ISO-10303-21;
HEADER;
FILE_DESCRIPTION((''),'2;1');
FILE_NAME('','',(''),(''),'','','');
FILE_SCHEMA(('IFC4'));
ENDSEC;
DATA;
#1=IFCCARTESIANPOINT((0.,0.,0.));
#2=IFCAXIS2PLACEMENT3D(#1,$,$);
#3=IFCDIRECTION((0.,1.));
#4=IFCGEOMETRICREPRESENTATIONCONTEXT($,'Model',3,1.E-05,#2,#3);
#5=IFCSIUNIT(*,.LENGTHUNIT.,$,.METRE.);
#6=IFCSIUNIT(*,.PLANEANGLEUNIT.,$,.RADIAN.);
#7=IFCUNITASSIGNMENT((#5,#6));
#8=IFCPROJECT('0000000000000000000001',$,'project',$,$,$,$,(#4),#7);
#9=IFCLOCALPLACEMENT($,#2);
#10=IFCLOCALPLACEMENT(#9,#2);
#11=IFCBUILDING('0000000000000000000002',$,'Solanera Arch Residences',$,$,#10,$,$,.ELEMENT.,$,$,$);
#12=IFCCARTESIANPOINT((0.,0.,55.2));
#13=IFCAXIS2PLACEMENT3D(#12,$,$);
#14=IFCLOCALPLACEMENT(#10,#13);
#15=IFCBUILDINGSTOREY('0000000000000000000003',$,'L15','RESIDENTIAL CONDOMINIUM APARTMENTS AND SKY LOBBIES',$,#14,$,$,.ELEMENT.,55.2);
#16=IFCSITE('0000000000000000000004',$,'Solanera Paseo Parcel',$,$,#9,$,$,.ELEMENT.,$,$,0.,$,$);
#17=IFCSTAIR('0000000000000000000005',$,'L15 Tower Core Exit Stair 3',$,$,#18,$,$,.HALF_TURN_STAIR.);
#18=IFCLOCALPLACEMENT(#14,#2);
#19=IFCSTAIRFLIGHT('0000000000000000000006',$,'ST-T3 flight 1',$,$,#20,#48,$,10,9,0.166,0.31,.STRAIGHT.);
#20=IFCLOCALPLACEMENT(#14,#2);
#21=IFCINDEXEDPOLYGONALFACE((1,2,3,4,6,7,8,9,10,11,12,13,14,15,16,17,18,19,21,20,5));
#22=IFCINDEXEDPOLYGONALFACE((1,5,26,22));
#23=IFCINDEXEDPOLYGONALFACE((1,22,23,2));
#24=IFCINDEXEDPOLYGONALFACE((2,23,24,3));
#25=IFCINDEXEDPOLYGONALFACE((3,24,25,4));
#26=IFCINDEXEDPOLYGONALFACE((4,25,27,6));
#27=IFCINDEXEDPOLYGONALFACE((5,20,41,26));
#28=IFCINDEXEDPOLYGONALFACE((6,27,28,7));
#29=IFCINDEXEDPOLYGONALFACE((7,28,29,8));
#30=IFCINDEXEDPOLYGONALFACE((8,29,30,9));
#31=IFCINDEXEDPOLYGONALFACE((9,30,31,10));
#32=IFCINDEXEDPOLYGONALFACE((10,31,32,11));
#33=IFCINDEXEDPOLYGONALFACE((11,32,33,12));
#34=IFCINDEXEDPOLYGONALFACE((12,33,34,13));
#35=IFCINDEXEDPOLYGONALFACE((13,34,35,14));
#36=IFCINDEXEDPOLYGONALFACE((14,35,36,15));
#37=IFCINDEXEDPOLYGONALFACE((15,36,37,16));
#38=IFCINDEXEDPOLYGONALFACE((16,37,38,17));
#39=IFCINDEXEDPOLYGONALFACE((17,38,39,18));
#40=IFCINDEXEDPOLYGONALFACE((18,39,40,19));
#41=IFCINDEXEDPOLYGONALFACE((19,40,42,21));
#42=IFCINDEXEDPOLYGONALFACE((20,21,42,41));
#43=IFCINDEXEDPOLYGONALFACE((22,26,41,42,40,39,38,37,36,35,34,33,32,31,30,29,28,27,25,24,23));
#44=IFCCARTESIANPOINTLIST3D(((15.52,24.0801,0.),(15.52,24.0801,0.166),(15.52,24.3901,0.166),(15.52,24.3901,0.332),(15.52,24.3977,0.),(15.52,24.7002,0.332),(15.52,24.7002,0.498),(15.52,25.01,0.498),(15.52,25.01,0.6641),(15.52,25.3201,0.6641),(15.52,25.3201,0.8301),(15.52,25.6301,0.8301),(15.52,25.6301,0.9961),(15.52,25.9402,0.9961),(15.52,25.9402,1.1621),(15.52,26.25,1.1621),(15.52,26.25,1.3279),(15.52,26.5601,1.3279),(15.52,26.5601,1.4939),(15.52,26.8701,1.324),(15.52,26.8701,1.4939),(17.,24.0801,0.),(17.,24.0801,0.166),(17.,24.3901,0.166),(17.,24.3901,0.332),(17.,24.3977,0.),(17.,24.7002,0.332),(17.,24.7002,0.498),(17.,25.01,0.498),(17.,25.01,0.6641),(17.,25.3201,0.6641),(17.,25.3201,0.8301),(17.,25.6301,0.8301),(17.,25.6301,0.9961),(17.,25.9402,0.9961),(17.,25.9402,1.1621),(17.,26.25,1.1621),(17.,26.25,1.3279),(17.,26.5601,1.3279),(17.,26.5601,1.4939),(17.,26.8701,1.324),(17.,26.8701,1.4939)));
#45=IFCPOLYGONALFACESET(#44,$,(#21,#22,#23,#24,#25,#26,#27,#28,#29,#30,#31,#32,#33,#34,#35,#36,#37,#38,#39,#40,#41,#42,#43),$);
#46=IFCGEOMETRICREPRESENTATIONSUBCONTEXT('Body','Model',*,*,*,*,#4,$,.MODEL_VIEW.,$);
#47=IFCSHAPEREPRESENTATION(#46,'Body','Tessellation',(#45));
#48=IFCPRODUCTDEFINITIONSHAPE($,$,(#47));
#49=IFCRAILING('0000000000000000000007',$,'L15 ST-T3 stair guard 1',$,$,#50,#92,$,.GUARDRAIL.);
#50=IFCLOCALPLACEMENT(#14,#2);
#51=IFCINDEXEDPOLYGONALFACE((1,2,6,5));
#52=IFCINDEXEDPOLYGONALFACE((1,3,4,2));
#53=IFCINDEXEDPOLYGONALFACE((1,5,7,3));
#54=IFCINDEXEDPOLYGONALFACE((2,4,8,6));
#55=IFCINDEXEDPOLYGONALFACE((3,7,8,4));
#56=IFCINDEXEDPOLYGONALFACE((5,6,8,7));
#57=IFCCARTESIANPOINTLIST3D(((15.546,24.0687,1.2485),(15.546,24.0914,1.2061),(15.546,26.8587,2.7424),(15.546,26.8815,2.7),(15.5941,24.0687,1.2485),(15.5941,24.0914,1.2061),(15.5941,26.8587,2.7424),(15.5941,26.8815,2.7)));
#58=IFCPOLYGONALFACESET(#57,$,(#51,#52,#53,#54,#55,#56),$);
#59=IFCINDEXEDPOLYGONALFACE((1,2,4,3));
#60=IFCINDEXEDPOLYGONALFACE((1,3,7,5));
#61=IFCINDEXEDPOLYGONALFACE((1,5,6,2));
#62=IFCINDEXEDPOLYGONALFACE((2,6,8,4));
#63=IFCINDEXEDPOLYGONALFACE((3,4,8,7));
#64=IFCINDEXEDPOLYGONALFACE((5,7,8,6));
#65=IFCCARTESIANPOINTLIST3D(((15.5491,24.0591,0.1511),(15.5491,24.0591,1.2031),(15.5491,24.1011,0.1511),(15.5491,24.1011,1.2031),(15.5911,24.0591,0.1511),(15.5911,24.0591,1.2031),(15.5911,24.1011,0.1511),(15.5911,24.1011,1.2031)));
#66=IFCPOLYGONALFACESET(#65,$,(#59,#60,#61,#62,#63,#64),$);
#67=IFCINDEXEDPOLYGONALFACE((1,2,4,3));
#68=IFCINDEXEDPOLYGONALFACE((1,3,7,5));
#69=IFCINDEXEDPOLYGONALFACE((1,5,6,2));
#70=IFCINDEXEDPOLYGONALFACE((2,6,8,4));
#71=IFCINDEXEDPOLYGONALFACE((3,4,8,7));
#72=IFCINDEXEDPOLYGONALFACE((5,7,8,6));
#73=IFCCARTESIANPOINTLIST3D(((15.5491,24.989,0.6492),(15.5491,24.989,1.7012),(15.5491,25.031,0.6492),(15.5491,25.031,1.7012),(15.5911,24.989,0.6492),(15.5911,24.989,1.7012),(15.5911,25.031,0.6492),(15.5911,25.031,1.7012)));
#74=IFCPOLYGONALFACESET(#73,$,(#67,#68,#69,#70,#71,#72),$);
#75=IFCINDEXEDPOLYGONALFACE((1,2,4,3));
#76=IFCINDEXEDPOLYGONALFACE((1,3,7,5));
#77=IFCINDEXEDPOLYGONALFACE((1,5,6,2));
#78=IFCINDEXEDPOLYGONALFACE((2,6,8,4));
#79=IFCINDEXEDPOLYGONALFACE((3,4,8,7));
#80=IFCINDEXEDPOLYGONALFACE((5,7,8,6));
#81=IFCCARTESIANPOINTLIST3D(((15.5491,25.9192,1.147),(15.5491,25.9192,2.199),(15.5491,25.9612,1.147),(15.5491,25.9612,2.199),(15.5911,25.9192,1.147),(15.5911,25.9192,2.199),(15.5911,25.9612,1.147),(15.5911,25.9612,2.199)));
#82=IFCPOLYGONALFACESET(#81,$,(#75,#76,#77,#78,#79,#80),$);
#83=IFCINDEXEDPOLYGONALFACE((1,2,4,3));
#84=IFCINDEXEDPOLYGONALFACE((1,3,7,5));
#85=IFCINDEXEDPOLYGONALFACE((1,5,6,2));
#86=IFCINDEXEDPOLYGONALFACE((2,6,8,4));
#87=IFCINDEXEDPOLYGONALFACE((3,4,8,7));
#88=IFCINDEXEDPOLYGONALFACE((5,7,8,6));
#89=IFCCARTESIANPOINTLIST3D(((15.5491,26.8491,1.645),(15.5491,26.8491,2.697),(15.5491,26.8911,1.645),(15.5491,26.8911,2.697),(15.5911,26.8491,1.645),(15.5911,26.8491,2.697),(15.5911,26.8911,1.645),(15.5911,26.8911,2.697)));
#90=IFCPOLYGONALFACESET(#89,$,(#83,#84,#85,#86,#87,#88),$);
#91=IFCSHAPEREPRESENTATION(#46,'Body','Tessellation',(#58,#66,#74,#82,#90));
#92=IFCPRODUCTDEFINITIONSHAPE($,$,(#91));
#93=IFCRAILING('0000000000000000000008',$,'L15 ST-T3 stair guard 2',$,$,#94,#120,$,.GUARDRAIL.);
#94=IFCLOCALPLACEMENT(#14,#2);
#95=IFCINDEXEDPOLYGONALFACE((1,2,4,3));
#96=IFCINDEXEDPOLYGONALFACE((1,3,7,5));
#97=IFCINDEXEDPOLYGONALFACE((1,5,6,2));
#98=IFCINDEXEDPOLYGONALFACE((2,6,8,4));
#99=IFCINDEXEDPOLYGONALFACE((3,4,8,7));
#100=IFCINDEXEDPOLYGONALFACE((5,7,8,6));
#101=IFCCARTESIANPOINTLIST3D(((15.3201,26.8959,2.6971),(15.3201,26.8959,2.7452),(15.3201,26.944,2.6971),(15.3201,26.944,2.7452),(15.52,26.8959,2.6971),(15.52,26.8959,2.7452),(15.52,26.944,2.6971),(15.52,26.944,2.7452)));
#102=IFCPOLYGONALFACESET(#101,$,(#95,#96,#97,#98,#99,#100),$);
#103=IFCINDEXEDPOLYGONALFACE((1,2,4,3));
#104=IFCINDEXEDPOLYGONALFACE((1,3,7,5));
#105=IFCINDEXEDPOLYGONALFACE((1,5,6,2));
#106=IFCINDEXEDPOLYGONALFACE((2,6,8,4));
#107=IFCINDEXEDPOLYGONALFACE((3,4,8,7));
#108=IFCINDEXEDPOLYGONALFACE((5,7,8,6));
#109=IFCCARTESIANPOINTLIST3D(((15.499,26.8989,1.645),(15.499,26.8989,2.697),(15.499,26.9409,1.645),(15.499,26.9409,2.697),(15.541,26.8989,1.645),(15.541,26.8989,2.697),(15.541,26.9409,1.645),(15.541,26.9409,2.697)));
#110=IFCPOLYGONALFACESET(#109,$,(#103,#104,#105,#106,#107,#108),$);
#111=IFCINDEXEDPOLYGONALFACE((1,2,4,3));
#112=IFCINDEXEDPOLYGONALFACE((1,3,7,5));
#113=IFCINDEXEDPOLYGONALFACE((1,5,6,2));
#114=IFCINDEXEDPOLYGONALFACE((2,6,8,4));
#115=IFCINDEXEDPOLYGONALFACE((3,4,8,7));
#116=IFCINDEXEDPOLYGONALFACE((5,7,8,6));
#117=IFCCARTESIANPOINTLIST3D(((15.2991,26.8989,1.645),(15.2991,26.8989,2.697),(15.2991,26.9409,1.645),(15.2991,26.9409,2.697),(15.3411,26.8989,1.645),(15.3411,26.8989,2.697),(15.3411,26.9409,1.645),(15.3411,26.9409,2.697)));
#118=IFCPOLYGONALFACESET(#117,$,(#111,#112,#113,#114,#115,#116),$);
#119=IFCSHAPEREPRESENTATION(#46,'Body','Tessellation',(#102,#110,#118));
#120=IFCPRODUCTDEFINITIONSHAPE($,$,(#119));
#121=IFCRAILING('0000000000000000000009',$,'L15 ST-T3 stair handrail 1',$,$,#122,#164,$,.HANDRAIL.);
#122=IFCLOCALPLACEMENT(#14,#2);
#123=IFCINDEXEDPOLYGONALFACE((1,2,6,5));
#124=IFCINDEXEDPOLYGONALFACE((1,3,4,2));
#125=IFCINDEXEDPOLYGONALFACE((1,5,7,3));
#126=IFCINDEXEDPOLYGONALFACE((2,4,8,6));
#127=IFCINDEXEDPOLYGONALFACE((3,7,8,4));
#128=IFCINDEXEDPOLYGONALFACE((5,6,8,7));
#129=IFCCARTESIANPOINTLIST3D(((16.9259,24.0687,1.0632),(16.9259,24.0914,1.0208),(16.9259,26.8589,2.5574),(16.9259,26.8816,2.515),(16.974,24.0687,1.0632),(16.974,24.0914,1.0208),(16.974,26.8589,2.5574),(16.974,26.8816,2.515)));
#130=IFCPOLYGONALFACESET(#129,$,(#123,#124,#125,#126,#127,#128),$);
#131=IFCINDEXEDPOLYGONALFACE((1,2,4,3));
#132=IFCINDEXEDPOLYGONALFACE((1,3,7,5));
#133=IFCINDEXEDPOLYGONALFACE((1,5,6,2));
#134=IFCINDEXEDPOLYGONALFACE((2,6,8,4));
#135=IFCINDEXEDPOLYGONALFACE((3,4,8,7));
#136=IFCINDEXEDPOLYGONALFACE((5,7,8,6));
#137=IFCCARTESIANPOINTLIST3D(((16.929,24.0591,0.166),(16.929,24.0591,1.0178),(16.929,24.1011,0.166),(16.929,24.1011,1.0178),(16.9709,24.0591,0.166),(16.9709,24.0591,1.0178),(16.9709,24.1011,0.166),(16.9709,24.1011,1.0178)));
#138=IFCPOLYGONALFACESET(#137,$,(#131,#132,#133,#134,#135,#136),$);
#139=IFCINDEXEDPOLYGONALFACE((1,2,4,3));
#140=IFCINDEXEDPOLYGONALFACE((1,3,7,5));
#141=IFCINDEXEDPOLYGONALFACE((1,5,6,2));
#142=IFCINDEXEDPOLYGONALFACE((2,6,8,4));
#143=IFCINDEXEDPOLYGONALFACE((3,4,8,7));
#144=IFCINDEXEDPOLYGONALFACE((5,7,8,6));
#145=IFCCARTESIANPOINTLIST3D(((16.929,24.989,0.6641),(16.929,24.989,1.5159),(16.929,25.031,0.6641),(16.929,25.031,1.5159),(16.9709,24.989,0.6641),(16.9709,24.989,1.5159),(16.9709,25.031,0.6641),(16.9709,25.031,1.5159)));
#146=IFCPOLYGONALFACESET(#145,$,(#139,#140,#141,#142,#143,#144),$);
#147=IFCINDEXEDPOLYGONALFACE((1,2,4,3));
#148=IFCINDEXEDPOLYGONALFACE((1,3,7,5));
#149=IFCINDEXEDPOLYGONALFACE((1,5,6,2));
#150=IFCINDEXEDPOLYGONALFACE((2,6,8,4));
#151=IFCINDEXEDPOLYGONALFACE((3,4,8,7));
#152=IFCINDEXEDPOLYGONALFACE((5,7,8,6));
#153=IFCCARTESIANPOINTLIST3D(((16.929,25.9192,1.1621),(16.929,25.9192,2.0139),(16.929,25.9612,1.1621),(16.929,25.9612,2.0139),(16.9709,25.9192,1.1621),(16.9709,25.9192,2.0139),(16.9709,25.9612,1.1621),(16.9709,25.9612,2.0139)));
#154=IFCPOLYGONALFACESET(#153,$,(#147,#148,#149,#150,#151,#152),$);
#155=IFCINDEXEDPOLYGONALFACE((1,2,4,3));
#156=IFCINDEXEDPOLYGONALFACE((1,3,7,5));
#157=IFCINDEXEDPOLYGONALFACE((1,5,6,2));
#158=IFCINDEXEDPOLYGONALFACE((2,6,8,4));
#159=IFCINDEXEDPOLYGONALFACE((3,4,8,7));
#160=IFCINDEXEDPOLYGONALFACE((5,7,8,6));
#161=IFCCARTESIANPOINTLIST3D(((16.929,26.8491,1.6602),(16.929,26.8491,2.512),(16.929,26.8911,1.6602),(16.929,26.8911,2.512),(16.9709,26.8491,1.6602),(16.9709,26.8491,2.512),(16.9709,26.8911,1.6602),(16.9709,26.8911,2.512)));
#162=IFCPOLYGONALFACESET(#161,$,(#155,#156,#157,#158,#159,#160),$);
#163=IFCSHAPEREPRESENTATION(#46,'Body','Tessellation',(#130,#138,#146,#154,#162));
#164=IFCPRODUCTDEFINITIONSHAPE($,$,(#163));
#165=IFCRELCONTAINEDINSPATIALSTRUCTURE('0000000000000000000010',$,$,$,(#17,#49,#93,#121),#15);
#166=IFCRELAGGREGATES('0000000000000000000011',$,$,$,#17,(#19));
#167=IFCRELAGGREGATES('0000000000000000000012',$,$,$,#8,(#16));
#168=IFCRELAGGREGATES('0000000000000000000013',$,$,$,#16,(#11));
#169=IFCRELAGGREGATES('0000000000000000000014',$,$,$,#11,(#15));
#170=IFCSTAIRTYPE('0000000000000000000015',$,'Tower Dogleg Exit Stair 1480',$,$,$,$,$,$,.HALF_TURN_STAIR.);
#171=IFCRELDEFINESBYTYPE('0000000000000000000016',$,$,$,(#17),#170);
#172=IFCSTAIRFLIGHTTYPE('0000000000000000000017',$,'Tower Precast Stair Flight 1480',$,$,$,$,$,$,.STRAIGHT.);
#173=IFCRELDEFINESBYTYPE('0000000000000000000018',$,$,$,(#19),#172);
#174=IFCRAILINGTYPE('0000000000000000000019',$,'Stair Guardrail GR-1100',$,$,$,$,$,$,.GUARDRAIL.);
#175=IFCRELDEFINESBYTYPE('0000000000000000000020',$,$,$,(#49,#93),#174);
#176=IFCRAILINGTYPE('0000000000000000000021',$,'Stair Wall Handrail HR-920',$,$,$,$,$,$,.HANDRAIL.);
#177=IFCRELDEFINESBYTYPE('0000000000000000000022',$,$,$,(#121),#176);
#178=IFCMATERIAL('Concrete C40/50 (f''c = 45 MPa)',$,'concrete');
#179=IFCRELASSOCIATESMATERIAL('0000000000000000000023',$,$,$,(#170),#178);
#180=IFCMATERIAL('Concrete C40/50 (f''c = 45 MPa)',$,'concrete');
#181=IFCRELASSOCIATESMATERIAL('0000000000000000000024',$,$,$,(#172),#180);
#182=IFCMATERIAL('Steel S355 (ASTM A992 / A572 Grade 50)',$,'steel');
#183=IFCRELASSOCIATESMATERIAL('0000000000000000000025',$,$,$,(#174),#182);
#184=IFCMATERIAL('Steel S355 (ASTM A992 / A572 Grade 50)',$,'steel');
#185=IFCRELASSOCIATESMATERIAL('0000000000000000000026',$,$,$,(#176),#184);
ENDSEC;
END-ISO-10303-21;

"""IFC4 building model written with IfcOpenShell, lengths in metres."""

from ifc_helpers import new_model, si_unit, direction, frame, origin, origin_2d, place, context, subcontext, project, spatial, polyline, rectangle, outline, extrude, material, type_object, element, aggregate, save


model = new_model("IFC4")

# Units and contexts
model_context = context("Model", 3, precision=1e-05, world=origin(), true_north=direction((0.0, 1.0)))
body_context = subcontext(model_context, "Body", "Model", "MODEL_VIEW")
ifc_project = project(units=[si_unit("LENGTHUNIT", "METRE"), si_unit("PLANEANGLEUNIT", "RADIAN")], contexts=[model_context])

# Site, building, storey
site_placement = place(None, origin())
site = spatial("IfcSite", under=ifc_project, at=site_placement, Name="Solanera Paseo Parcel", CompositionType="ELEMENT", RefElevation=0.0)
building_placement = place(site_placement, origin())
building = spatial("IfcBuilding", under=site, at=building_placement, Name="Solanera Arch Residences", CompositionType="ELEMENT")
storey_placement = place(building_placement, frame((0.0, 0.0, 55.2)))
storey = spatial("IfcBuildingStorey", under=building, at=storey_placement, Name="L15", Description="RESIDENTIAL CONDOMINIUM APARTMENTS AND SKY LOBBIES", CompositionType="ELEMENT", Elevation=55.2)

# Stair, stair flight
ifc_material_1 = material(Name="Concrete C40/50 (f'c = 45 MPa)", Category="concrete")
stair_type = type_object("IfcStairType", Name="Tower Dogleg Exit Stair 1480", PredefinedType="HALF_TURN_STAIR", material=ifc_material_1)
stair_placement = place(storey_placement, origin())
stair = element("IfcStair", 1, at=stair_placement, inside=storey, type_object=stair_type, Name="L15 Tower Core Exit Stair 3", PredefinedType="HALF_TURN_STAIR")
ifc_material_2 = material(Name="Concrete C40/50 (f'c = 45 MPa)", Category="concrete")
stair_flight_type = type_object("IfcStairFlightType", Name="Tower Precast Stair Flight 1480", PredefinedType="STRAIGHT", material=ifc_material_2)
stair_flight_placement = place(storey_placement, frame((16.26, 24.0801, 0.0), z_axis=(0.0, 0.0, 1.0), x_axis=(0.0, 1.0, 0.0)))
stair_flight = element("IfcStairFlight", 2, at=stair_flight_placement, type_object=stair_flight_type, Name="ST-T3 flight 1", NumberOfRisers=10, NumberOfTreads=9, PredefinedType="STRAIGHT", RiserHeight=0.166, TreadLength=0.31, context=body_context, shape_type="SweptSolid", body=[
    extrude(outline(polyline([(0.0, 0.0), (0.0, 0.166), (0.3101, 0.166), (0.3101, 0.332), (0.6201, 0.332), (0.6201, 0.498), (0.9299, 0.498), (0.9299, 0.6641), (1.24, 0.6641), (1.24, 0.8301), (1.55, 0.8301), (1.55, 0.9961), (1.8601, 0.9961), (1.8601, 1.1621), (2.1699, 1.1621), (2.1699, 1.3279), (2.48, 1.3279), (2.48, 1.4939), (2.79, 1.4939), (2.79, 1.6599), (2.79, 1.324), (0.3176, 0.0), (0.0, 0.0)])), frame((0.0, 0.74, 0.0), z_axis=(0.0, -1.0, 0.0), x_axis=(1.0, 0.0, 0.0)), (0.0, 0.0, 1.0), 1.48),
])
aggregate(stair, [stair_flight])

# Railings
ifc_material_3 = material(Name="Steel S355 (ASTM A992 / A572 Grade 50)", Category="steel")
railing_type_1 = type_object("IfcRailingType", Name="Stair Guardrail GR-1100", PredefinedType="GUARDRAIL", material=ifc_material_3)
railing_1_placement = place(storey_placement, frame((15.5701, 24.0801, 0.1511)))
element("IfcRailing", 3, at=railing_1_placement, inside=storey, type_object=railing_type_1, Name="L15 ST-T3 stair guard 1", PredefinedType="GUARDRAIL", context=body_context, shape_type="SweptSolid", body=[
    extrude(rectangle(XDim=0.0481, YDim=0.0481, at=origin_2d()), frame((0.0, 0.0, 1.0762), z_axis=(0.0, 0.881581, 0.472033), x_axis=(-1.0, 0.0, 0.0)), (0.0, 0.0, 1.0), 3.1648),
    extrude(rectangle(XDim=0.042, YDim=0.042, at=origin_2d()), origin(), (0.0, 0.0, 1.0), 1.052),
    extrude(rectangle(XDim=0.042, YDim=0.042, at=origin_2d()), frame((0.0, 0.9299, 0.498)), (0.0, 0.0, 1.0), 1.052),
    extrude(rectangle(XDim=0.042, YDim=0.042, at=origin_2d()), frame((0.0, 1.8601, 0.9958)), (0.0, 0.0, 1.0), 1.052),
    extrude(rectangle(XDim=0.042, YDim=0.042, at=origin_2d()), frame((0.0, 2.79, 1.4939)), (0.0, 0.0, 1.0), 1.052),
])
railing_2_placement = place(storey_placement, frame((15.52, 26.9199, 1.645)))
element("IfcRailing", 4, at=railing_2_placement, inside=storey, type_object=railing_type_1, Name="L15 ST-T3 stair guard 2", PredefinedType="GUARDRAIL", context=body_context, shape_type="SweptSolid", body=[
    extrude(rectangle(XDim=0.0481, YDim=0.0481, at=origin_2d()), frame((0.0, 0.0, 1.0762), z_axis=(-1.0, 0.0, 0.0), x_axis=(0.0, -1.0, 0.0)), (0.0, 0.0, 1.0), 0.2),
    extrude(rectangle(XDim=0.042, YDim=0.042, at=origin_2d()), origin(), (0.0, 0.0, 1.0), 1.052),
    extrude(rectangle(XDim=0.042, YDim=0.042, at=origin_2d()), frame((-0.2, 0.0, 0.0)), (0.0, 0.0, 1.0), 1.052),
])
ifc_material_4 = material(Name="Steel S355 (ASTM A992 / A572 Grade 50)", Category="steel")
railing_type_2 = type_object("IfcRailingType", Name="Stair Wall Handrail HR-920", PredefinedType="HANDRAIL", material=ifc_material_4)
railing_3_placement = place(storey_placement, frame((16.95, 24.0801, 0.166)))
element("IfcRailing", 5, at=railing_3_placement, inside=storey, type_object=railing_type_2, Name="L15 ST-T3 stair handrail 1", PredefinedType="HANDRAIL", context=body_context, shape_type="SweptSolid", body=[
    extrude(rectangle(XDim=0.0481, YDim=0.0481, at=origin_2d()), frame((0.0, 0.0, 0.876), z_axis=(0.0, 0.881549, 0.472093), x_axis=(-1.0, 0.0, 0.0)), (0.0, 0.0, 1.0), 3.165),
    extrude(rectangle(XDim=0.042, YDim=0.042, at=origin_2d()), origin(), (0.0, 0.0, 1.0), 0.8518),
    extrude(rectangle(XDim=0.042, YDim=0.042, at=origin_2d()), frame((0.0, 0.9299, 0.498)), (0.0, 0.0, 1.0), 0.8518),
    extrude(rectangle(XDim=0.042, YDim=0.042, at=origin_2d()), frame((0.0, 1.8601, 0.9961)), (0.0, 0.0, 1.0), 0.8518),
    extrude(rectangle(XDim=0.042, YDim=0.042, at=origin_2d()), frame((0.0, 2.79, 1.4941)), (0.0, 0.0, 1.0), 0.8518),
])

save(model, "model.ifc")
